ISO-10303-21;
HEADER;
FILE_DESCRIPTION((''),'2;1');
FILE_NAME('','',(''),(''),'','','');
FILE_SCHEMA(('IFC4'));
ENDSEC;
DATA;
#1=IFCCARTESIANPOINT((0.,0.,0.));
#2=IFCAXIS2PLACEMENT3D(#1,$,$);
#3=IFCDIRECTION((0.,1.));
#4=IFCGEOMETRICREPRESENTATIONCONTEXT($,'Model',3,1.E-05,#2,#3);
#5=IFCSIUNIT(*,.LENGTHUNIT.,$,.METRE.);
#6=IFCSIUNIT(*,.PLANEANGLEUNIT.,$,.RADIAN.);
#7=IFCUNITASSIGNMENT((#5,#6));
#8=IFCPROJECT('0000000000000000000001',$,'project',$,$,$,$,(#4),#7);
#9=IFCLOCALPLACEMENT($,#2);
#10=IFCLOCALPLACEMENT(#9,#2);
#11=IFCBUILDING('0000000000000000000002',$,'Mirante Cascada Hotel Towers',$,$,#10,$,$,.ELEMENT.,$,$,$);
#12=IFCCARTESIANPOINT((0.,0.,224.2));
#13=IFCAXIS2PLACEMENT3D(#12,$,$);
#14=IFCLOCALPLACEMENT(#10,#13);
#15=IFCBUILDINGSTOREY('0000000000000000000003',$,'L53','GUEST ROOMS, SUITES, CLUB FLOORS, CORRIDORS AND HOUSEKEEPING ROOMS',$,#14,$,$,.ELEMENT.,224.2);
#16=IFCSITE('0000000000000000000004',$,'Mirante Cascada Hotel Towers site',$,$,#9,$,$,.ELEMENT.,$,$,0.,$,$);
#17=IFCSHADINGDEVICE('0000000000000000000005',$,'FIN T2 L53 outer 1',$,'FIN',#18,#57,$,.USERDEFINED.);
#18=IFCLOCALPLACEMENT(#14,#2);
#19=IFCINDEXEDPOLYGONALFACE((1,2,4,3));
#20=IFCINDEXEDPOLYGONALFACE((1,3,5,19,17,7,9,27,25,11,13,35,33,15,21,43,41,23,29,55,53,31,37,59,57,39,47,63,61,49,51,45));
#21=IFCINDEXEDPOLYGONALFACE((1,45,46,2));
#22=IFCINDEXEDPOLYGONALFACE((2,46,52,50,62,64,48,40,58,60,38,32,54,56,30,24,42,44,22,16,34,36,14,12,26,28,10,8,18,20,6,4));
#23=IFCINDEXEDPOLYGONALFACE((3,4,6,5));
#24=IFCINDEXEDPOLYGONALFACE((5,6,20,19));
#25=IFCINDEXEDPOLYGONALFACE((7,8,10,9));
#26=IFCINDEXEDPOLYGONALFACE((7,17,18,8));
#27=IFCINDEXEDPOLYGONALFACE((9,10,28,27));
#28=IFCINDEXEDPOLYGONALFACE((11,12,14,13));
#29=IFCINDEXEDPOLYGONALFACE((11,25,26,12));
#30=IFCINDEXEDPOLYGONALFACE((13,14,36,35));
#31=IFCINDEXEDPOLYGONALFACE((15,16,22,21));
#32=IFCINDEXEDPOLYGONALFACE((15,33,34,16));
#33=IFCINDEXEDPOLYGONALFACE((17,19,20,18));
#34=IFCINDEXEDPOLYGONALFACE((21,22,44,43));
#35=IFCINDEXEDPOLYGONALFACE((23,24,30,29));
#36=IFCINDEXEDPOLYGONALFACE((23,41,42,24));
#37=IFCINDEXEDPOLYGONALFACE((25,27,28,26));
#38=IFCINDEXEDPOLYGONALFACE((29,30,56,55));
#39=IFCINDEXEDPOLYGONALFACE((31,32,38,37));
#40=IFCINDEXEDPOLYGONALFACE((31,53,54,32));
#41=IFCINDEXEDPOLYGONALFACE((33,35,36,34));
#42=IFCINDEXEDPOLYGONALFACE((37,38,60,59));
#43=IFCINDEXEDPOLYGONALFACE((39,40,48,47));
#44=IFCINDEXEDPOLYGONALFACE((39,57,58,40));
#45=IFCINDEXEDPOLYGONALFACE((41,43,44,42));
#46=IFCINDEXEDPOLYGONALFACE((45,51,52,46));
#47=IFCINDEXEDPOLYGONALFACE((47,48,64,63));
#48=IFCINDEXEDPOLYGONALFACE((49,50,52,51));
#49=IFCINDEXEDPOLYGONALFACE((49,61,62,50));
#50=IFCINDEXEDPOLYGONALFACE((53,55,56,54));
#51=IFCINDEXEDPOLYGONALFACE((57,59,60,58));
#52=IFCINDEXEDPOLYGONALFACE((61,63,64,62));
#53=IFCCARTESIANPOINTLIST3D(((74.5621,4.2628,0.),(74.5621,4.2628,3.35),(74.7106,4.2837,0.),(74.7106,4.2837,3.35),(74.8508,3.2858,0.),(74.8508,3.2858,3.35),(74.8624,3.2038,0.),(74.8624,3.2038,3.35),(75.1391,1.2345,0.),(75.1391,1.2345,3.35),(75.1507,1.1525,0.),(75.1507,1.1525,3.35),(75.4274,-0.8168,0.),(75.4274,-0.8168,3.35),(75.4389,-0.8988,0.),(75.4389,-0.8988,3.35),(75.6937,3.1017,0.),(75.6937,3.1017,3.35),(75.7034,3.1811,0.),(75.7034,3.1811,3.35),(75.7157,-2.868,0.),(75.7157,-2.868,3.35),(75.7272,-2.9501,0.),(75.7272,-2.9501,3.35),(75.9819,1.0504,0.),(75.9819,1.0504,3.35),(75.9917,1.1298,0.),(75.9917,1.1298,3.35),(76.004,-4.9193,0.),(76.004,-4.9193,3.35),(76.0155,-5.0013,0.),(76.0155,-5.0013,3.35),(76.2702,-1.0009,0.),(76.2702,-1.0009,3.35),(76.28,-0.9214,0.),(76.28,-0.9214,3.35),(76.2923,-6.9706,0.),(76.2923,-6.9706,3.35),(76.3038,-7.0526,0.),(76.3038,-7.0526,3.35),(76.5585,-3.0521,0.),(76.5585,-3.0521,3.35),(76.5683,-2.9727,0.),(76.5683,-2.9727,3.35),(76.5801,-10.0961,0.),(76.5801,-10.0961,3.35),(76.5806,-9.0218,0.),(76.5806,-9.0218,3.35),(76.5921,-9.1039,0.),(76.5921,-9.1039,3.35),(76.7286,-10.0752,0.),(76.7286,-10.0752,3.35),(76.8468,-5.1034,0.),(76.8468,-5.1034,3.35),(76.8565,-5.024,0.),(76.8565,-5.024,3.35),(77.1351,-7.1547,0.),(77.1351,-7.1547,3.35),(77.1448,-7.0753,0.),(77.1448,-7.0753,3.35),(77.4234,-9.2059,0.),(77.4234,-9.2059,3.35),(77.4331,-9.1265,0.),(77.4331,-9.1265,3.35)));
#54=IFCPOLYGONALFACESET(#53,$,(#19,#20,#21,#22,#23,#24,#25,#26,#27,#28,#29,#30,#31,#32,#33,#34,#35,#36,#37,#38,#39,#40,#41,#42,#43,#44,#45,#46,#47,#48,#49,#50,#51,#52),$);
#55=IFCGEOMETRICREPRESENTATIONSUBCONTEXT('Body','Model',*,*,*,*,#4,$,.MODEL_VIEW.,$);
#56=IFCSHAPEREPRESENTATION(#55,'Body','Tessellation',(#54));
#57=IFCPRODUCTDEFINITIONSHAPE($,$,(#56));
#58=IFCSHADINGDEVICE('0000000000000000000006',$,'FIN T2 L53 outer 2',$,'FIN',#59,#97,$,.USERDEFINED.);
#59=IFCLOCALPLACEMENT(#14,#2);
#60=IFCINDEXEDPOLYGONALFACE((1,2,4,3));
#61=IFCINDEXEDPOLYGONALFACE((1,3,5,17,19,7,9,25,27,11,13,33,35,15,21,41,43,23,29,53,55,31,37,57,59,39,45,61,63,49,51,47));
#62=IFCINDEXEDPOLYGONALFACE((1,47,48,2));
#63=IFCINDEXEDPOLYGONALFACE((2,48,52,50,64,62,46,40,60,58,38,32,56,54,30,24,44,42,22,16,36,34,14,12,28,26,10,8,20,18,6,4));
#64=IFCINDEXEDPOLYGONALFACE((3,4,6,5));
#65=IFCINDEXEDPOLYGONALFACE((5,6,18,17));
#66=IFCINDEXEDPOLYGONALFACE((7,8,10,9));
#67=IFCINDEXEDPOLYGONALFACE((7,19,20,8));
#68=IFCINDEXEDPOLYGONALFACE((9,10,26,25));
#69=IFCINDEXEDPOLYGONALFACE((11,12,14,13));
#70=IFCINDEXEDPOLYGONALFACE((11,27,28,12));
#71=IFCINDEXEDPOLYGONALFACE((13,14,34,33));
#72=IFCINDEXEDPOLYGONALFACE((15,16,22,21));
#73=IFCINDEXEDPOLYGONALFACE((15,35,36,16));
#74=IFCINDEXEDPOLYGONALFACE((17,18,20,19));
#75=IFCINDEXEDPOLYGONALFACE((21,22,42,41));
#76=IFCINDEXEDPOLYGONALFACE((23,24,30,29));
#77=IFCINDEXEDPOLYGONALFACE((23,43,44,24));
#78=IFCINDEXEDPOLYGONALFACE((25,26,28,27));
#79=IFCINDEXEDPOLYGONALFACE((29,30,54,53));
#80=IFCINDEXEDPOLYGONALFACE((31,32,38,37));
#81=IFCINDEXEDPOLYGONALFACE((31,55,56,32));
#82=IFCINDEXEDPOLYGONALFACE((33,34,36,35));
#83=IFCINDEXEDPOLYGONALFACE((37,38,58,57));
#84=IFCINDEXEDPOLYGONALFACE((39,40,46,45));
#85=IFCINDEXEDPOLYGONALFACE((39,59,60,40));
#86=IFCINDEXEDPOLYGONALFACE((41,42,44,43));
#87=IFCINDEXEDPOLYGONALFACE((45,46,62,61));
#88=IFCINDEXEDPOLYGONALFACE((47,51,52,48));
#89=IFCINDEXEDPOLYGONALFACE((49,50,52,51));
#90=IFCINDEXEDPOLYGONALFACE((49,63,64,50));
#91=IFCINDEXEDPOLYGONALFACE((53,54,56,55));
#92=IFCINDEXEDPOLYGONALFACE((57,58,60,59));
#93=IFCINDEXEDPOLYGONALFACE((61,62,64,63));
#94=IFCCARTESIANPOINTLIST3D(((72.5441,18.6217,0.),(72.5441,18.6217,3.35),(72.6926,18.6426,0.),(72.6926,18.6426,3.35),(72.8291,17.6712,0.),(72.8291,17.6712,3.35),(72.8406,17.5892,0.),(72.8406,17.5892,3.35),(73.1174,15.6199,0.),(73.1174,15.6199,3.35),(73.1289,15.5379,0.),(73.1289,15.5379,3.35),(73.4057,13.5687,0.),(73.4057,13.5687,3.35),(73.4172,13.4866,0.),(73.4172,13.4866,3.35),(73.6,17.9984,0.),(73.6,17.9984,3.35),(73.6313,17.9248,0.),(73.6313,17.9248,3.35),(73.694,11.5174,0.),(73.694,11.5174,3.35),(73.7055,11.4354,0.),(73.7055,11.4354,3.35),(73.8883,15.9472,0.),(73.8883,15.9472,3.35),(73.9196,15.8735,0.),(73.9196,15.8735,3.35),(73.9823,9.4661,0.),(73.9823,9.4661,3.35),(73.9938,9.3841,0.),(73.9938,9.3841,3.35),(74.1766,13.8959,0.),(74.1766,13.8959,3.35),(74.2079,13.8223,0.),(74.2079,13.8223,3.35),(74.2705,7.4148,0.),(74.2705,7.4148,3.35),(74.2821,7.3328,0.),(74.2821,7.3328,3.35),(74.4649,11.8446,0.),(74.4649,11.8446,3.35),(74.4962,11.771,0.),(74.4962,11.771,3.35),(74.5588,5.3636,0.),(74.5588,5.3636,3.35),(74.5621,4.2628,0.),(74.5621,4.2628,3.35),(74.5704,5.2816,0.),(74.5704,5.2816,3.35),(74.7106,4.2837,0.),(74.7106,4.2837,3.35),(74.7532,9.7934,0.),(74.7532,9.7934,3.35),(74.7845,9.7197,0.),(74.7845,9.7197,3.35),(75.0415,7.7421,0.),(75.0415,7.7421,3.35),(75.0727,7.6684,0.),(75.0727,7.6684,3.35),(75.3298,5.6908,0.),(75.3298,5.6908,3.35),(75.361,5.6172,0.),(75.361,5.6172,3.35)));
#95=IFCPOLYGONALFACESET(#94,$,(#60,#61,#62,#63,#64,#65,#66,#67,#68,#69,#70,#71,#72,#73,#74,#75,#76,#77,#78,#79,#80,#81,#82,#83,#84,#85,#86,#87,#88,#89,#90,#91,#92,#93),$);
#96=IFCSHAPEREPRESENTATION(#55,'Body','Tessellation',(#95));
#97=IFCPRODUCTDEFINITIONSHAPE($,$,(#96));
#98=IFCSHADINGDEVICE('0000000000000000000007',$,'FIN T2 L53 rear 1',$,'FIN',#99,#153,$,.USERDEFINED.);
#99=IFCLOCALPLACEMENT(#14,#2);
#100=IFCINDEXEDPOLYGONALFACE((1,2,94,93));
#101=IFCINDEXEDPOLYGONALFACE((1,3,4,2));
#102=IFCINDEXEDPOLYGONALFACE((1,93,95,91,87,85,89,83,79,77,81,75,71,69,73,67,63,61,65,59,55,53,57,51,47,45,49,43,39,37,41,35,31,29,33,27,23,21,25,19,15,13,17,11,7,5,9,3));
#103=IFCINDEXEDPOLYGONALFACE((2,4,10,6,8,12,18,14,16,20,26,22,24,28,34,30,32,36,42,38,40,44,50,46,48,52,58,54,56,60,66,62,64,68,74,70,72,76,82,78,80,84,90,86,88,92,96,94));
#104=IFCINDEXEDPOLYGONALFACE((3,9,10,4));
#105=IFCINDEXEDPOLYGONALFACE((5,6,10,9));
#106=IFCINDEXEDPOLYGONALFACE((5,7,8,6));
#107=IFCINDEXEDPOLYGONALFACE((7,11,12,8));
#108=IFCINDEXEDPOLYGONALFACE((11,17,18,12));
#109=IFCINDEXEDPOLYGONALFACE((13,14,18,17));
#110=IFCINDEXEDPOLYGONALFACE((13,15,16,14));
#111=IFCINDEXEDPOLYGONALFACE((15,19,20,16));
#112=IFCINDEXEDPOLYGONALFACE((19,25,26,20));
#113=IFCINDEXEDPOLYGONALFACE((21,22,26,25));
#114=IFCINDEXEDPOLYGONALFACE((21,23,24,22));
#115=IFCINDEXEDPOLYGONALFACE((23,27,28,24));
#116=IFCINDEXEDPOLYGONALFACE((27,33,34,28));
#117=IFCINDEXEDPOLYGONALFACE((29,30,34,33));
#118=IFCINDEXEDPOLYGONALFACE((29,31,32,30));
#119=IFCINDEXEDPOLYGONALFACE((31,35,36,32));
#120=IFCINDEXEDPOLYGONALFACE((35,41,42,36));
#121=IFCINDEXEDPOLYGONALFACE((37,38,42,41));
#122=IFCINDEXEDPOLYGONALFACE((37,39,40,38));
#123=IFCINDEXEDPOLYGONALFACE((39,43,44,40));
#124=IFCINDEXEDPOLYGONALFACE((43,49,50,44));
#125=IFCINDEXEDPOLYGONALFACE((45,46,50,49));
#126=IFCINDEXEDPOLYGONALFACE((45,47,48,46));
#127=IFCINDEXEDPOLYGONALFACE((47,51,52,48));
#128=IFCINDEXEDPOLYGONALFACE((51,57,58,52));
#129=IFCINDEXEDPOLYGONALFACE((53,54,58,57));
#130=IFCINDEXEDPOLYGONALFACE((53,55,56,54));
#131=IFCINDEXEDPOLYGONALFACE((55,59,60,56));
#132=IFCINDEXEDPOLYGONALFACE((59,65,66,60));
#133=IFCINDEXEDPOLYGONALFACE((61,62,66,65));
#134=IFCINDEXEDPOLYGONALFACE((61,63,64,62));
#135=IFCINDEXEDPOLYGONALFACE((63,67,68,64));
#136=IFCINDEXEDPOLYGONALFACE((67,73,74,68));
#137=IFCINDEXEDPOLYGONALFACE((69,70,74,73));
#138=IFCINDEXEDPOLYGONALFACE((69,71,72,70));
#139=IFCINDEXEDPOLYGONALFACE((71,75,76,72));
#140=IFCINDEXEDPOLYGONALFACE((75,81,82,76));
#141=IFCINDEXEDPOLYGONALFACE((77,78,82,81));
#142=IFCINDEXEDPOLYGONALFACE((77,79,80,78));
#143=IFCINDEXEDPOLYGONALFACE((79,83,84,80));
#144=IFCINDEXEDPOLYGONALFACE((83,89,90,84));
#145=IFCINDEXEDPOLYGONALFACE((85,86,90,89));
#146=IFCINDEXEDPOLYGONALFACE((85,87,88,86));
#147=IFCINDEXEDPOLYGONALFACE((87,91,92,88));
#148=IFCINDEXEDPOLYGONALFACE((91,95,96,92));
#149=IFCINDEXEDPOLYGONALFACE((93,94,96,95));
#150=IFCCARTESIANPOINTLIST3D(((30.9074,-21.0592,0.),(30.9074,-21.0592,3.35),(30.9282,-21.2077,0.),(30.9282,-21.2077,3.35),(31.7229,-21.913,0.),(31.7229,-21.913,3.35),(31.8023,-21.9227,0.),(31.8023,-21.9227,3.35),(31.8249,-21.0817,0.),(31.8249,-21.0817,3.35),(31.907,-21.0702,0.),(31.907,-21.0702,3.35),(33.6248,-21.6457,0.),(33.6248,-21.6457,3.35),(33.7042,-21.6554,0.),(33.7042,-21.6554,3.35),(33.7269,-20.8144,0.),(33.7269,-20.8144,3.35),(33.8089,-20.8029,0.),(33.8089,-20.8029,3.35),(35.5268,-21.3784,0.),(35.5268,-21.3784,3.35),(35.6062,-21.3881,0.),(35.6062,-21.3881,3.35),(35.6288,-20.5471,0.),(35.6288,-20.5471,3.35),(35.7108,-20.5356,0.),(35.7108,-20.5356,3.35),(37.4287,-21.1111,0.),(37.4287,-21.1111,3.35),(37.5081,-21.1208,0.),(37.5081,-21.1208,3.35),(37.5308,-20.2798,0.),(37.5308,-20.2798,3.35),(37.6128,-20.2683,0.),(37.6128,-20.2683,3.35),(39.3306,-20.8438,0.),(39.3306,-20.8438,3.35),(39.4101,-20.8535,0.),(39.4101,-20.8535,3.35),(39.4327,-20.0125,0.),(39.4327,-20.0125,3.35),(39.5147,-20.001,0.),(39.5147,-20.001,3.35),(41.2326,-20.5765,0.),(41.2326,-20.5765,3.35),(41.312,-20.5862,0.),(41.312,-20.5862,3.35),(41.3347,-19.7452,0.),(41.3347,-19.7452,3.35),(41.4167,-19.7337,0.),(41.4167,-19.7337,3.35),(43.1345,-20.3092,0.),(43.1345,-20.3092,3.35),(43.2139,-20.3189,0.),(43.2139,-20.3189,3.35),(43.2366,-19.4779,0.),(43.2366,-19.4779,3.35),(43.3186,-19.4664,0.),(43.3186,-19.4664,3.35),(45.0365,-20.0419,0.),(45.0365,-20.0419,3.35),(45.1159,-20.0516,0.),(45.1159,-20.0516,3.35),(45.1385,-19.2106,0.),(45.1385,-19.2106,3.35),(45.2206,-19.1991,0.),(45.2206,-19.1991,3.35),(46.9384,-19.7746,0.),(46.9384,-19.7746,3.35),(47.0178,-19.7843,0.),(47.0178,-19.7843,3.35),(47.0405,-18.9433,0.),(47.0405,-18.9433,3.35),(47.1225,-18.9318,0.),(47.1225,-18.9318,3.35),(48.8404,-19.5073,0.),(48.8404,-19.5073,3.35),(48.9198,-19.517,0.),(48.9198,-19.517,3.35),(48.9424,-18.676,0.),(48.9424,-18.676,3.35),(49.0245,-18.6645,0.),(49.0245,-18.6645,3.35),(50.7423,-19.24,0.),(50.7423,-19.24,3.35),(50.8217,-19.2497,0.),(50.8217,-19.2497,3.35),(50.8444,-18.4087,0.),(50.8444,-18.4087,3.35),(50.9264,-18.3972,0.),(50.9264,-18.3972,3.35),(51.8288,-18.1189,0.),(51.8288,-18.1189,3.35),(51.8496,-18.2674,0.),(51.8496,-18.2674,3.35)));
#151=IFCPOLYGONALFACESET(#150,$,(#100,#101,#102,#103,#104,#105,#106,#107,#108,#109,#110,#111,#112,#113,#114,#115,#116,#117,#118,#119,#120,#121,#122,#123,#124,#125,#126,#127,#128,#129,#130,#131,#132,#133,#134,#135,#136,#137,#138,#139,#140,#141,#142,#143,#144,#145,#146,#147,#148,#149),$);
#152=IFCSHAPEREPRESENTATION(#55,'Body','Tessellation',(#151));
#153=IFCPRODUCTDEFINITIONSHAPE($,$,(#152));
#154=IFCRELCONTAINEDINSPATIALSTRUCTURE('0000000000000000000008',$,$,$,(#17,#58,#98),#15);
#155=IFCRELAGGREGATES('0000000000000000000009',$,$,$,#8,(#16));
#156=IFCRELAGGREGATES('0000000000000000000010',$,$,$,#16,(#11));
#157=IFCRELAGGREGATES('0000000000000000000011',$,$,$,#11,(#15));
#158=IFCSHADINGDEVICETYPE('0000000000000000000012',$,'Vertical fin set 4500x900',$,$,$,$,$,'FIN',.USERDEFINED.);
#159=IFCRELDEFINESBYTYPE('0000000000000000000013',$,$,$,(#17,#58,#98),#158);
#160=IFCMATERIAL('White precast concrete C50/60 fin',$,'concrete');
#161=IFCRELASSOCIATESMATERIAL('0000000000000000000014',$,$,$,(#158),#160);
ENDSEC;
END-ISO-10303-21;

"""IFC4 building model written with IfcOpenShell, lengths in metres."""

from ifc_helpers import new_model, si_unit, direction, frame, origin, place, context, subcontext, project, spatial, polyline, outline, extrude, material, type_object, element, save


model = new_model("IFC4")

# Units and contexts
model_context = context("Model", 3, precision=1e-05, world=origin(), true_north=direction((0.0, 1.0)))
body_context = subcontext(model_context, "Body", "Model", "MODEL_VIEW")
ifc_project = project(units=[si_unit("LENGTHUNIT", "METRE"), si_unit("PLANEANGLEUNIT", "RADIAN")], contexts=[model_context])

# Site, building, storey
site_placement = place(None, origin())
site = spatial("IfcSite", under=ifc_project, at=site_placement, Name="Mirante Cascada Hotel Towers site", CompositionType="ELEMENT", RefElevation=0.0)
building_placement = place(site_placement, origin())
building = spatial("IfcBuilding", under=site, at=building_placement, Name="Mirante Cascada Hotel Towers", CompositionType="ELEMENT")
storey_placement = place(building_placement, frame((0.0, 0.0, 224.2)))
storey = spatial("IfcBuildingStorey", under=building, at=storey_placement, Name="L53", Description="GUEST ROOMS, SUITES, CLUB FLOORS, CORRIDORS AND HOUSEKEEPING ROOMS", CompositionType="ELEMENT", Elevation=224.2)

# Shading devices
ifc_material_1 = material(Name="White precast concrete C50/60 fin", Category="concrete")
shading_device_type = type_object("IfcShadingDeviceType", Name="Vertical fin set 4500x900", ElementType="FIN", PredefinedType="USERDEFINED", material=ifc_material_1)
shading_device_1_placement = place(storey_placement, origin())
element("IfcShadingDevice", 1, at=shading_device_1_placement, inside=storey, type_object=shading_device_type, Name="FIN T2 L53 outer 1", ObjectType="FIN", PredefinedType="USERDEFINED", context=body_context, shape_type="SweptSolid", body=[
    extrude(outline(polyline([(77.4234, -9.2059), (76.5921, -9.1039), (76.7286, -10.0752), (76.5801, -10.0961), (74.5621, 4.2628), (74.7106, 4.2837), (74.8508, 3.2858), (75.7034, 3.1811), (75.6937, 3.1017), (74.8624, 3.2038), (75.1391, 1.2345), (75.9917, 1.1298), (75.9819, 1.0504), (75.1507, 1.1525), (75.4274, -0.8168), (76.28, -0.9214), (76.2702, -1.0009), (75.4389, -0.8988), (75.7157, -2.868), (76.5683, -2.9727), (76.5585, -3.0521), (75.7272, -2.9501), (76.004, -4.9193), (76.8565, -5.024), (76.8468, -5.1034), (76.0155, -5.0013), (76.2923, -6.9706), (77.1448, -7.0753), (77.1351, -7.1547), (76.3038, -7.0526), (76.5806, -9.0218), (77.4331, -9.1265), (77.4234, -9.2059)])), origin(), (0.0, 0.0, 1.0), 3.35),
])
shading_device_2_placement = place(storey_placement, origin())
element("IfcShadingDevice", 2, at=shading_device_2_placement, inside=storey, type_object=shading_device_type, Name="FIN T2 L53 outer 2", ObjectType="FIN", PredefinedType="USERDEFINED", context=body_context, shape_type="SweptSolid", body=[
    extrude(outline(polyline([(75.361, 5.6172), (74.5704, 5.2816), (74.7106, 4.2837), (74.5621, 4.2628), (72.5441, 18.6217), (72.6926, 18.6426), (72.8291, 17.6712), (73.6, 17.9984), (73.6313, 17.9248), (72.8406, 17.5892), (73.1174, 15.6199), (73.8883, 15.9472), (73.9196, 15.8735), (73.1289, 15.5379), (73.4057, 13.5687), (74.1766, 13.8959), (74.2079, 13.8223), (73.4172, 13.4866), (73.694, 11.5174), (74.4649, 11.8446), (74.4962, 11.771), (73.7055, 11.4354), (73.9823, 9.4661), (74.7532, 9.7934), (74.7845, 9.7197), (73.9938, 9.3841), (74.2705, 7.4148), (75.0415, 7.7421), (75.0727, 7.6684), (74.2821, 7.3328), (74.5588, 5.3636), (75.3298, 5.6908), (75.361, 5.6172)])), origin(), (0.0, 0.0, 1.0), 3.35),
])
shading_device_3_placement = place(storey_placement, origin())
element("IfcShadingDevice", 3, at=shading_device_3_placement, inside=storey, type_object=shading_device_type, Name="FIN T2 L53 rear 1", ObjectType="FIN", PredefinedType="USERDEFINED", context=body_context, shape_type="SweptSolid", body=[
    extrude(outline(polyline([(31.7229, -21.913), (31.8249, -21.0817), (30.9282, -21.2077), (30.9074, -21.0592), (51.8288, -18.1189), (51.8496, -18.2674), (50.9264, -18.3972), (50.8217, -19.2497), (50.7423, -19.24), (50.8444, -18.4087), (49.0245, -18.6645), (48.9198, -19.517), (48.8404, -19.5073), (48.9424, -18.676), (47.1225, -18.9318), (47.0178, -19.7843), (46.9384, -19.7746), (47.0405, -18.9433), (45.2206, -19.1991), (45.1159, -20.0516), (45.0365, -20.0419), (45.1385, -19.2106), (43.3186, -19.4664), (43.2139, -20.3189), (43.1345, -20.3092), (43.2366, -19.4779), (41.4167, -19.7337), (41.312, -20.5862), (41.2326, -20.5765), (41.3347, -19.7452), (39.5147, -20.001), (39.4101, -20.8535), (39.3306, -20.8438), (39.4327, -20.0125), (37.6128, -20.2683), (37.5081, -21.1208), (37.4287, -21.1111), (37.5308, -20.2798), (35.7108, -20.5356), (35.6062, -21.3881), (35.5268, -21.3784), (35.6288, -20.5471), (33.8089, -20.8029), (33.7042, -21.6554), (33.6248, -21.6457), (33.7269, -20.8144), (31.907, -21.0702), (31.8023, -21.9227), (31.7229, -21.913)])), origin(), (0.0, 0.0, 1.0), 3.35),
])

save(model, "model.ifc")
